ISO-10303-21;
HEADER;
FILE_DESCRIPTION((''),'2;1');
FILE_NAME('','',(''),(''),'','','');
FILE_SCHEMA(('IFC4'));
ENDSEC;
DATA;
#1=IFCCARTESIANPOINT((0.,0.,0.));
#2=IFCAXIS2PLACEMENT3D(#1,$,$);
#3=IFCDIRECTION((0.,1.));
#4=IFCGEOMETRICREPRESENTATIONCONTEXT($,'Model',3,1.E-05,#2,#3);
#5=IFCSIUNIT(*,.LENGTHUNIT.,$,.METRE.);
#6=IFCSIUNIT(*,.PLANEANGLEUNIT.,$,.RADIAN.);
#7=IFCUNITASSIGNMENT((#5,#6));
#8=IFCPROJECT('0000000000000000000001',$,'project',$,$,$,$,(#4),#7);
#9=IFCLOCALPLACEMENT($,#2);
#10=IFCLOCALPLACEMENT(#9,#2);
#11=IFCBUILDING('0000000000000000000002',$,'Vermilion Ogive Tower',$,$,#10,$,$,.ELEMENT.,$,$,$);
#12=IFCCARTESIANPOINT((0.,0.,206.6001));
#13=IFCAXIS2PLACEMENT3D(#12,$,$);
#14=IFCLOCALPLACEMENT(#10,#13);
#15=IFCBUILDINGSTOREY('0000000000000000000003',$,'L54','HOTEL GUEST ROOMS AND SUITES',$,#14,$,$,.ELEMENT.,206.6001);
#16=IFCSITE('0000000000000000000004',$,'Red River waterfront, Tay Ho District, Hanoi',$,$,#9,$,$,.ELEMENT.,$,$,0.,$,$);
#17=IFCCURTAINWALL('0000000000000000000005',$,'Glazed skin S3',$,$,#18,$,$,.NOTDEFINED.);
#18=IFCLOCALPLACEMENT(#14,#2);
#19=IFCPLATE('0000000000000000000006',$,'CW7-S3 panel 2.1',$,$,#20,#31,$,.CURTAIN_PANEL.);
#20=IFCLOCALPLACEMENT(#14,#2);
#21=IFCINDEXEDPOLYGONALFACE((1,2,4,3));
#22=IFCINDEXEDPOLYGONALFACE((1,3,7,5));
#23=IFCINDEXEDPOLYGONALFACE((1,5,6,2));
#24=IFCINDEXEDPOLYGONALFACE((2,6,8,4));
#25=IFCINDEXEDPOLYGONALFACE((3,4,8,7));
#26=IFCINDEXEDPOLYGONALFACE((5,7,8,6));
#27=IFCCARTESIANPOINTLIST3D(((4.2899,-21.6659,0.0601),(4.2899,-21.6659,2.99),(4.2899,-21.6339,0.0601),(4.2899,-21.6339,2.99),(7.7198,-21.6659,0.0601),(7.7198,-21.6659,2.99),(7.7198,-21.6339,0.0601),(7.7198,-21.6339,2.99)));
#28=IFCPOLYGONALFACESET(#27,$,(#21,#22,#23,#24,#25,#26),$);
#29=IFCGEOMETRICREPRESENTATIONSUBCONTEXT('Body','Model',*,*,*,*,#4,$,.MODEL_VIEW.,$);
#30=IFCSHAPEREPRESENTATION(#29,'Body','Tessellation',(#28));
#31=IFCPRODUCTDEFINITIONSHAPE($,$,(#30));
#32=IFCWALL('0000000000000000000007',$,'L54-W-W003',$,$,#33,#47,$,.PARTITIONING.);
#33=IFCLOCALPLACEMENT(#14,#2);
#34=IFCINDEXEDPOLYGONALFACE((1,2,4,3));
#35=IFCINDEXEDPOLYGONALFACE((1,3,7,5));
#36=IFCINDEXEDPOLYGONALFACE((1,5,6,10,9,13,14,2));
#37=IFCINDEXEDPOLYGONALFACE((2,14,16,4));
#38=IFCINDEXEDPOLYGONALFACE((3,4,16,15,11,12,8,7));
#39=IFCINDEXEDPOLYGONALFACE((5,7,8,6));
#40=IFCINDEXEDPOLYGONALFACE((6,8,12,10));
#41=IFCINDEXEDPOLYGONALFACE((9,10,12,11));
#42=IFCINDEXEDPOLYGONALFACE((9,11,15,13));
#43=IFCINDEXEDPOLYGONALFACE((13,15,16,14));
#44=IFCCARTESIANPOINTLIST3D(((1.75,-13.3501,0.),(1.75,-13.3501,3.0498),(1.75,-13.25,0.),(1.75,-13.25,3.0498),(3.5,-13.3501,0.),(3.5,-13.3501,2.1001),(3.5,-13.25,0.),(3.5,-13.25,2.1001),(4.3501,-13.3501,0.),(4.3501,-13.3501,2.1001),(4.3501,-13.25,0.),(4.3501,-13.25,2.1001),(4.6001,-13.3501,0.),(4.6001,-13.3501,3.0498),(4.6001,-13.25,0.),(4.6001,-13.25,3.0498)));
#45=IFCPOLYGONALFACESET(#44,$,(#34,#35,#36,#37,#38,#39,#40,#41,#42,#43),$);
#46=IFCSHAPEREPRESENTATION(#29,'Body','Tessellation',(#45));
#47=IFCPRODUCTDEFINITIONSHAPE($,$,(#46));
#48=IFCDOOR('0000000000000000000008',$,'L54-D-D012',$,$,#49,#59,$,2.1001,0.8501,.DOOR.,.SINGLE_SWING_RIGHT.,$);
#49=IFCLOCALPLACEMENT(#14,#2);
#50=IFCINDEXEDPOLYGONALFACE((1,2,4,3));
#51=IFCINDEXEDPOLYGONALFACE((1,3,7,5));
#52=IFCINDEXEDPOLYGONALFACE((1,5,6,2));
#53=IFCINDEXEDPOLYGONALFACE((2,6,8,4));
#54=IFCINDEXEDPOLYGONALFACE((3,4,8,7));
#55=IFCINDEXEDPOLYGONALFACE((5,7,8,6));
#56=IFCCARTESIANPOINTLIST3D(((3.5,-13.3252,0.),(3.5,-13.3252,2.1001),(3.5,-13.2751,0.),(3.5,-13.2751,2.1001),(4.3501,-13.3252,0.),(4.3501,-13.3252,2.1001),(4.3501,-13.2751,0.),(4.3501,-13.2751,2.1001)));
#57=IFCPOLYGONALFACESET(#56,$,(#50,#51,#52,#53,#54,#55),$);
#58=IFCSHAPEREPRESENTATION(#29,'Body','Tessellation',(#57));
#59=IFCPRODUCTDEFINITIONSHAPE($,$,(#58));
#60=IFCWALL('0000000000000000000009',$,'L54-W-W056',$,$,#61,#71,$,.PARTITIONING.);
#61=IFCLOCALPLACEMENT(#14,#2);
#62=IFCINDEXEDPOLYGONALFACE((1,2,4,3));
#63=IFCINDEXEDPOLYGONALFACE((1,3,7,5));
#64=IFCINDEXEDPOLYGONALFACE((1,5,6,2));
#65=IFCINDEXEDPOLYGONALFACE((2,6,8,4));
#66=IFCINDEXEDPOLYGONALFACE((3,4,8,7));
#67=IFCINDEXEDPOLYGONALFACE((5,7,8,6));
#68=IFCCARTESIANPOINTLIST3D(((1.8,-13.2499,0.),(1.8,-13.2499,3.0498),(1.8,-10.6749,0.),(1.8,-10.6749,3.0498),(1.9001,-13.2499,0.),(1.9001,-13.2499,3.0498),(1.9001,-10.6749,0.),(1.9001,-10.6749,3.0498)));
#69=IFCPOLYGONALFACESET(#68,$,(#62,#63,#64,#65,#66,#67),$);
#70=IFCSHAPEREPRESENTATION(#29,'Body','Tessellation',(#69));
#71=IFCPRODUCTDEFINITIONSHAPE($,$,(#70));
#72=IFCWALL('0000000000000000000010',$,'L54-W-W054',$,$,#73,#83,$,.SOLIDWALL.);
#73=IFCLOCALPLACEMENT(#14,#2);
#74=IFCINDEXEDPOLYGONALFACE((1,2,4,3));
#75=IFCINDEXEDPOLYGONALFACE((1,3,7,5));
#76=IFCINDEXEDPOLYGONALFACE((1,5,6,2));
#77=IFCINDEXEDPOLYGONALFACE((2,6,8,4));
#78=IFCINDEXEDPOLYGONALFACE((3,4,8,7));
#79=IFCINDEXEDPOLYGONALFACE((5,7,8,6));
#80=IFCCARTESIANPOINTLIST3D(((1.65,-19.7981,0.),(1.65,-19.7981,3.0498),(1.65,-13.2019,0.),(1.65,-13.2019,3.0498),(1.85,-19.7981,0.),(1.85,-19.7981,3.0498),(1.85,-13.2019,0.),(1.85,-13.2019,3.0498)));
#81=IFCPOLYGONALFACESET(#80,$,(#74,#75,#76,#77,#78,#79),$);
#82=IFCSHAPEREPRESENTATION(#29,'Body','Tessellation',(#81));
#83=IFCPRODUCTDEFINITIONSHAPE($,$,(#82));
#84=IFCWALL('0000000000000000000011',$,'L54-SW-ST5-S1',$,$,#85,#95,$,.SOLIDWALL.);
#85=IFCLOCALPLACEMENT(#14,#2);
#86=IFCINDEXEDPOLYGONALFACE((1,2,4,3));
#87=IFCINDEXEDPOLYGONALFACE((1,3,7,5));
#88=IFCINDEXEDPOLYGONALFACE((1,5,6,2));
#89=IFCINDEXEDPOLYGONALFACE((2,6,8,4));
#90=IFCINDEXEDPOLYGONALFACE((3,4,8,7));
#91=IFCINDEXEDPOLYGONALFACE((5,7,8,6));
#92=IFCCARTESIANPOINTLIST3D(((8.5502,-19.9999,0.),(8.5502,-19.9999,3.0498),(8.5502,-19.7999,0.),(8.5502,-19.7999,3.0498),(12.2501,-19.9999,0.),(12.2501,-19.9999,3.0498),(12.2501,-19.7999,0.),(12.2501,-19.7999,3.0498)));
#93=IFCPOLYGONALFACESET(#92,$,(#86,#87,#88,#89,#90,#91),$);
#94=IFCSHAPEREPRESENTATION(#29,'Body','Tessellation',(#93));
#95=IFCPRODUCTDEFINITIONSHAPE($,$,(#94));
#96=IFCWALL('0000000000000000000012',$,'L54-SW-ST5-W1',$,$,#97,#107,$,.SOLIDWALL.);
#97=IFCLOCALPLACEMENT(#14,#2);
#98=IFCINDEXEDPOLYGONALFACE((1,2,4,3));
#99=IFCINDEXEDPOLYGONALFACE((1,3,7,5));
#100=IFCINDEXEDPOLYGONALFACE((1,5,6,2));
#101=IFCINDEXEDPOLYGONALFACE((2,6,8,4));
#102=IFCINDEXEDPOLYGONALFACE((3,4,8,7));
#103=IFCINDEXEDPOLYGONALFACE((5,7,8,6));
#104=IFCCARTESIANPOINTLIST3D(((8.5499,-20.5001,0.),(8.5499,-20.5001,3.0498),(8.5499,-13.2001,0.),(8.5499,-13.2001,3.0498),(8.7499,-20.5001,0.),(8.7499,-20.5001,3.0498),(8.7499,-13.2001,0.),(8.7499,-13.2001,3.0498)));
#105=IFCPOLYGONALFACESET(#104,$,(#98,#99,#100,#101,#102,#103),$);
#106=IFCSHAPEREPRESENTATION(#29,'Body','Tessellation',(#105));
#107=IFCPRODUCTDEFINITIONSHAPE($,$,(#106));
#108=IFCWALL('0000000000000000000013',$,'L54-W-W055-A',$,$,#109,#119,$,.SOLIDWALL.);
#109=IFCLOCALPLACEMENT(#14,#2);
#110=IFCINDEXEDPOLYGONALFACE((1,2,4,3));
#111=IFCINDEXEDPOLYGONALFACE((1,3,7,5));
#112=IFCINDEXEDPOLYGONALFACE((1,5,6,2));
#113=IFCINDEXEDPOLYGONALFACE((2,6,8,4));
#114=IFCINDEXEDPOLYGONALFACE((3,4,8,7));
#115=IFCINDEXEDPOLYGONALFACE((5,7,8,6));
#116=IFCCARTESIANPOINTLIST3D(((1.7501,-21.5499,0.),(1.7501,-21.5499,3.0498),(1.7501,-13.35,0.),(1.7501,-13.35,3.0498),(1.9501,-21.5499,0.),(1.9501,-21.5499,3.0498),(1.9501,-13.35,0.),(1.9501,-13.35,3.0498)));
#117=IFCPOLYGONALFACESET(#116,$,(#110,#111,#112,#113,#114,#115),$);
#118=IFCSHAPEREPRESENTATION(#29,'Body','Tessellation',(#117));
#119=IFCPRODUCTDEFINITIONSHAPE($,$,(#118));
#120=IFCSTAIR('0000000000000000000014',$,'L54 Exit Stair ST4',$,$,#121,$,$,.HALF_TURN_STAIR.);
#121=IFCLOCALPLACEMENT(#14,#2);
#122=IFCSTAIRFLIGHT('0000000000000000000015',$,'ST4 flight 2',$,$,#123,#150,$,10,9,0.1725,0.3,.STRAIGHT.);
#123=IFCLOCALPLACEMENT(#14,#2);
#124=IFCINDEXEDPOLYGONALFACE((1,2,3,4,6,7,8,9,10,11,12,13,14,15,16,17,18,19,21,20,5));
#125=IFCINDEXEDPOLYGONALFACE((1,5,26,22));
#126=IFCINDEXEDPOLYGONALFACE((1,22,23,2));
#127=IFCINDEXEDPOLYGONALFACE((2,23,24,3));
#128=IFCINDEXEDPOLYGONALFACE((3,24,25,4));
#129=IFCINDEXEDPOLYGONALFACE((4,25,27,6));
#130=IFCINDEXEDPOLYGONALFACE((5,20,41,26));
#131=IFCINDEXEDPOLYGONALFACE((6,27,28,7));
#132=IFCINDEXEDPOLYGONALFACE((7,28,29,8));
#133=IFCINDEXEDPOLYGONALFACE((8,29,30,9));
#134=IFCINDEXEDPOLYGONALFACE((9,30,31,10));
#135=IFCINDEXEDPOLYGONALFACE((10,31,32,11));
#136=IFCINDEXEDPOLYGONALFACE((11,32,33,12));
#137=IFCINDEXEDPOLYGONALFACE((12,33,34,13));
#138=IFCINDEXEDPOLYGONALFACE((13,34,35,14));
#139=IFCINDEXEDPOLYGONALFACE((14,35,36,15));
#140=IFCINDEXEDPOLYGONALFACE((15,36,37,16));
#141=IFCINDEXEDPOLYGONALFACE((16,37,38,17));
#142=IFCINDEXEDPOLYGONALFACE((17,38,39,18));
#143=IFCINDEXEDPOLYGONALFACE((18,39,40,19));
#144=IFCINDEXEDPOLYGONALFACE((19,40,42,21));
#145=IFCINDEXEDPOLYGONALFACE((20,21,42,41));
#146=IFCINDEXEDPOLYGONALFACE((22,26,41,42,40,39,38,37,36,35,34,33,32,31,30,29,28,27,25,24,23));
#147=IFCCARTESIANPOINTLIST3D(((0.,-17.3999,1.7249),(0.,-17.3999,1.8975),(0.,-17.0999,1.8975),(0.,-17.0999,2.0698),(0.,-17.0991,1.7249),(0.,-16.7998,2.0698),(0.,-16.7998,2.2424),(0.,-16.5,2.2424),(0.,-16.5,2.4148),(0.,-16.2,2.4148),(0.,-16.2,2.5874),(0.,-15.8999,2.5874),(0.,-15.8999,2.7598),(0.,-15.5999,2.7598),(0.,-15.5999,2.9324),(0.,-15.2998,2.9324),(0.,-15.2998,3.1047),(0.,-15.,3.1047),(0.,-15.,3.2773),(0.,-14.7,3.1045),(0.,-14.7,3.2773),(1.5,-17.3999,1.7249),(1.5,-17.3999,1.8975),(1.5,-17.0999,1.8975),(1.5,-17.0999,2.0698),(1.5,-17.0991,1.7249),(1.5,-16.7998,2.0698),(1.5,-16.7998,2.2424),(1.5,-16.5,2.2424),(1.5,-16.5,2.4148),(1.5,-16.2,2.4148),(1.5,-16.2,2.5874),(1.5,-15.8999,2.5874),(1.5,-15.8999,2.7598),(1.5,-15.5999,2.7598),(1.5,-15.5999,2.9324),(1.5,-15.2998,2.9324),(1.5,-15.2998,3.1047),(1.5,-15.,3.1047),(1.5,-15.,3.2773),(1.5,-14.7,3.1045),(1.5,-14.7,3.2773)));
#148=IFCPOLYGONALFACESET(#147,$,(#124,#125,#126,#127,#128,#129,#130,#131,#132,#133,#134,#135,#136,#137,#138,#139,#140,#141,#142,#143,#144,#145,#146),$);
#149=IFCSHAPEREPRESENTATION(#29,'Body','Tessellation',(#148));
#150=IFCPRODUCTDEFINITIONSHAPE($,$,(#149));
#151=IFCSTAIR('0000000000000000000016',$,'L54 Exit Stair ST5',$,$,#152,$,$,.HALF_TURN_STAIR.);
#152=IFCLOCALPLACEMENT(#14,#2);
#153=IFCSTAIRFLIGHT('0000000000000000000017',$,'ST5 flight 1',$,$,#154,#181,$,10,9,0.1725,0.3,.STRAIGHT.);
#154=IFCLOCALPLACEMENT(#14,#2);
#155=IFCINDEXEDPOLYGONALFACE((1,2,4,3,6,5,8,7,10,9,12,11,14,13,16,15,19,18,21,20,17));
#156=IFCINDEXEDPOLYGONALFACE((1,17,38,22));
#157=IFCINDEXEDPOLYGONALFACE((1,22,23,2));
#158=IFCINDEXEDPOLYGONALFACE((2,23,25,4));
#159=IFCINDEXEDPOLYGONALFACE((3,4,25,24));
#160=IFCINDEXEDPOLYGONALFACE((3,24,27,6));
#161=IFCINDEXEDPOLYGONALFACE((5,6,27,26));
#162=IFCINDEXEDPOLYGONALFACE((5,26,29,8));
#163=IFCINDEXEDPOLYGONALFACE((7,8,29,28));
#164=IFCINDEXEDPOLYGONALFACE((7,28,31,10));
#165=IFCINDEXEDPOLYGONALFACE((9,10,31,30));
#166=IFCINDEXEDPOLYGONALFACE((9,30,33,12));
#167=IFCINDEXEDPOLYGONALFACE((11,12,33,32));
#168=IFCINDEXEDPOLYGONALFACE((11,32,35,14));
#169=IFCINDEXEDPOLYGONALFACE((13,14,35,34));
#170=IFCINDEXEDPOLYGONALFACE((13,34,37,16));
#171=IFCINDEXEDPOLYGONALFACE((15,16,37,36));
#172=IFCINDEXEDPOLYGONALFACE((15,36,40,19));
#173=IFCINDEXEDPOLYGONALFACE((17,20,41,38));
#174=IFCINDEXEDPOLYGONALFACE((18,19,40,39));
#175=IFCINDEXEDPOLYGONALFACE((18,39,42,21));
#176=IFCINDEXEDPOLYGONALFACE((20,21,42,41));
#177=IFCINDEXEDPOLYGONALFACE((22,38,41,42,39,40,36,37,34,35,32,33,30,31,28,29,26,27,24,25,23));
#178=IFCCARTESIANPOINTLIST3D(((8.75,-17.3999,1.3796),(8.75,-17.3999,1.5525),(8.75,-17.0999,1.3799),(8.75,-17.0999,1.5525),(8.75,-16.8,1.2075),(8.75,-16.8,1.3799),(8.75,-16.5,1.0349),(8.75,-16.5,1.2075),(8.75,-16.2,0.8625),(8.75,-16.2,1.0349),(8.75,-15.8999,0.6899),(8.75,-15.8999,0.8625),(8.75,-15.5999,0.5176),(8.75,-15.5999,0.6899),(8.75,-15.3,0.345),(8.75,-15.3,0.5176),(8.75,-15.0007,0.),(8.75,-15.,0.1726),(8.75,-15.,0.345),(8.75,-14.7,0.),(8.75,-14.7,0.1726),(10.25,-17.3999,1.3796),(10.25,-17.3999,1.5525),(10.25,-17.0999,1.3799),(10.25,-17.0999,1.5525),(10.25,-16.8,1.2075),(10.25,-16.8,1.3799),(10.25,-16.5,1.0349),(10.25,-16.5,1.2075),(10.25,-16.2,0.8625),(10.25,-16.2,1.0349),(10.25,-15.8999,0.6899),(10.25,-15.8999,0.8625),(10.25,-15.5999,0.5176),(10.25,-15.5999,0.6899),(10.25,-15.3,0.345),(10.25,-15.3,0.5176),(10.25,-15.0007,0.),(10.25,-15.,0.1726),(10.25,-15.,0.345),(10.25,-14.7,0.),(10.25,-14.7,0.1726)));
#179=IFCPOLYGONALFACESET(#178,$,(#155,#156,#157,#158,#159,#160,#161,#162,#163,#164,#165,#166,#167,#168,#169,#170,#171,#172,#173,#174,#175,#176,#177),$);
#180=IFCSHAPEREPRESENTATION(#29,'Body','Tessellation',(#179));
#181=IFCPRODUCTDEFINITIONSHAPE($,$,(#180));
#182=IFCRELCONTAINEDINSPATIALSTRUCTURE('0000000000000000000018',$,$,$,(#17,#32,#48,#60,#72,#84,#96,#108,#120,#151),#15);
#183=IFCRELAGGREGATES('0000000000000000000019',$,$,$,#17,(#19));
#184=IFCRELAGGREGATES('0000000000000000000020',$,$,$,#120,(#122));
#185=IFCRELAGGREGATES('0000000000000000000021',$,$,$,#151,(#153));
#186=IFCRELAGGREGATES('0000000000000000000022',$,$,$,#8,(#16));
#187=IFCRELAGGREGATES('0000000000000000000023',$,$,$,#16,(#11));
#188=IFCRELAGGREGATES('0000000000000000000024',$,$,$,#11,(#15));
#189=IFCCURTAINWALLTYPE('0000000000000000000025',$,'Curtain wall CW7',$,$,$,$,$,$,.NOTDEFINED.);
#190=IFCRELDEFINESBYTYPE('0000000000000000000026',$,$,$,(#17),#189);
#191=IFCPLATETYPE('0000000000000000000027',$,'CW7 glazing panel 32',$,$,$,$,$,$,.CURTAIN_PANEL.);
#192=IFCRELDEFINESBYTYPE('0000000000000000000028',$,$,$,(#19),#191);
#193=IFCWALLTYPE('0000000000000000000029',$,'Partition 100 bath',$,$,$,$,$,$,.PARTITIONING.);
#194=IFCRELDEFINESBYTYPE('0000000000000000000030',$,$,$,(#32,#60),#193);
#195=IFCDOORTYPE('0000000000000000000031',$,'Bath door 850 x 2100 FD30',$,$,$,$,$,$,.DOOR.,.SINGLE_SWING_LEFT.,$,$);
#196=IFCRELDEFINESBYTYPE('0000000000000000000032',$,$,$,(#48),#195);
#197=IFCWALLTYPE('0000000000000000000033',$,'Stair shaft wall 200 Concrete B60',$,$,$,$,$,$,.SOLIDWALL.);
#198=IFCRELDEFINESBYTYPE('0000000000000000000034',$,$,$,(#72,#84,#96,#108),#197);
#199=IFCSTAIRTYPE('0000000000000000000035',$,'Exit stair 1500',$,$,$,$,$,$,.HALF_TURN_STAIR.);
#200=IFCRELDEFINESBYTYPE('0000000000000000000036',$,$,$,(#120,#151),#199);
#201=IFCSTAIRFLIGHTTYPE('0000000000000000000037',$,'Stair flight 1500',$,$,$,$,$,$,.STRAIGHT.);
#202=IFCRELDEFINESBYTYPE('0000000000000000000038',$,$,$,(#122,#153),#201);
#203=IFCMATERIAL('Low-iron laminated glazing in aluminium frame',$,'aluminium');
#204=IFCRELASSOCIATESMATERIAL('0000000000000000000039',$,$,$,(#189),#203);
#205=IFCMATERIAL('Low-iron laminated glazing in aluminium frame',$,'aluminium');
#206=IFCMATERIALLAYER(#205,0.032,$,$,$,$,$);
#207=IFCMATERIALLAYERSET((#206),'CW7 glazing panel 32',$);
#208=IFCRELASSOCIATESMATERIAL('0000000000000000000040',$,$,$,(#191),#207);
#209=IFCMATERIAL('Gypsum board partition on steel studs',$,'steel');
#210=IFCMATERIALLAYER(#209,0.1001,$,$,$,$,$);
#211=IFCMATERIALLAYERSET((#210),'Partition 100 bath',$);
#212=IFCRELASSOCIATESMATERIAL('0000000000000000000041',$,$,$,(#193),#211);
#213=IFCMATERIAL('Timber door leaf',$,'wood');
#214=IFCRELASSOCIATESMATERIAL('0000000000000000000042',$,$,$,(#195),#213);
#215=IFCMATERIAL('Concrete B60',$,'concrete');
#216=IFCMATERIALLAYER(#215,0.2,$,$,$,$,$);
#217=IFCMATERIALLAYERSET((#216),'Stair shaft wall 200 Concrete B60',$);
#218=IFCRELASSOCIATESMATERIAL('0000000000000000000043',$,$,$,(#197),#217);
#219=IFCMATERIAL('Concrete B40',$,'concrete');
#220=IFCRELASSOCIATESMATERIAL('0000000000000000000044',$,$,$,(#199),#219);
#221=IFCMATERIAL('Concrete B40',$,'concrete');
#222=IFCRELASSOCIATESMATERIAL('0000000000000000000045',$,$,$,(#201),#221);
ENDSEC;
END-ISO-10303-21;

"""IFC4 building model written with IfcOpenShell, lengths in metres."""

from ifc_helpers import new_model, si_unit, direction, frame, frame_2d, origin, origin_2d, place, context, subcontext, project, spatial, polyline, rectangle, outline, extrude, material, layer, layer_set, type_object, element, fill, aggregate, save


model = new_model("IFC4")

# Units and contexts
model_context = context("Model", 3, precision=1e-05, world=origin(), true_north=direction((0.0, 1.0)))
body_context = subcontext(model_context, "Body", "Model", "MODEL_VIEW")
ifc_project = project(units=[si_unit("LENGTHUNIT", "METRE"), si_unit("PLANEANGLEUNIT", "RADIAN")], contexts=[model_context])

# Site, building, storey
site_placement = place(None, origin())
site = spatial("IfcSite", under=ifc_project, at=site_placement, Name="Red River waterfront, Tay Ho District, Hanoi", CompositionType="ELEMENT", RefElevation=0.0)
building_placement = place(site_placement, origin())
building = spatial("IfcBuilding", under=site, at=building_placement, Name="Vermilion Ogive Tower", CompositionType="ELEMENT")
storey_placement = place(building_placement, frame((0.0, 0.0, 206.6001)))
storey = spatial("IfcBuildingStorey", under=building, at=storey_placement, Name="L54", Description="HOTEL GUEST ROOMS AND SUITES", CompositionType="ELEMENT", Elevation=206.6001)

# Curtain wall
ifc_material_1 = material(Name="Low-iron laminated glazing in aluminium frame", Category="aluminium")
curtain_wall_type = type_object("IfcCurtainWallType", Name="Curtain wall CW7", PredefinedType="NOTDEFINED", material=ifc_material_1)
curtain_wall_1_placement = place(storey_placement, origin())
curtain_wall_1 = element("IfcCurtainWall", 1, at=curtain_wall_1_placement, inside=storey, type_object=curtain_wall_type, Name="Glazed skin S3", PredefinedType="NOTDEFINED")

# Plate
ifc_material_2 = material(Name="Low-iron laminated glazing in aluminium frame", Category="aluminium")
ifc_layer_1 = layer(ifc_material_2, 0.032)
ifc_layer_set_1 = layer_set([ifc_layer_1], Name="CW7 glazing panel 32")
plate_type = type_object("IfcPlateType", Name="CW7 glazing panel 32", PredefinedType="CURTAIN_PANEL", material=ifc_layer_set_1)
plate_1_placement = place(storey_placement, frame((6.0049, -21.6499, 0.0601), z_axis=(0.0, 0.0, 1.0), x_axis=(1.0, 0.0, 0.0)))
plate_1 = element("IfcPlate", 2, at=plate_1_placement, type_object=plate_type, Name="CW7-S3 panel 2.1", PredefinedType="CURTAIN_PANEL", context=body_context, shape_type="SweptSolid", body=[
    extrude(rectangle(XDim=3.4299, YDim=0.032, at=origin_2d()), origin(), (0.0, 0.0, 1.0), 2.9299),
])
aggregate(curtain_wall_1, [plate_1])

# Wall, opening, door
ifc_material_3 = material(Name="Gypsum board partition on steel studs", Category="steel")
ifc_layer_2 = layer(ifc_material_3, 0.1001)
ifc_layer_set_2 = layer_set([ifc_layer_2], Name="Partition 100 bath")
wall_type_1 = type_object("IfcWallType", Name="Partition 100 bath", PredefinedType="PARTITIONING", material=ifc_layer_set_2)
wall_1_placement = place(storey_placement, frame((1.75, -13.3, 0.0), z_axis=(0.0, 0.0, 1.0), x_axis=(1.0, 0.0, 0.0)))
wall_1 = element("IfcWall", 3, at=wall_1_placement, inside=storey, type_object=wall_type_1, Name="L54-W-W003", PredefinedType="PARTITIONING", context=body_context, shape_type="SweptSolid", body=[
    extrude(rectangle(XDim=2.8501, YDim=0.1001, at=frame_2d((1.425, 0.0))), origin(), (0.0, 0.0, 1.0), 3.0498),
])
opening_placement = place(wall_1_placement, frame((1.75, 0.0, 0.0)))
opening = element("IfcOpeningElement", 4, at=opening_placement, cuts=wall_1, PredefinedType="OPENING", context=body_context, shape_type="SweptSolid", body=[
    extrude(rectangle(XDim=0.8501, YDim=2.1001, at=frame_2d((0.425, 1.05))), frame((0.0, 0.0601, 0.0), z_axis=(0.0, -1.0, 0.0), x_axis=(1.0, 0.0, 0.0)), (0.0, 0.0, 1.0), 0.1201),
])
ifc_material_4 = material(Name="Timber door leaf", Category="wood")
door_type = type_object("IfcDoorType", Name="Bath door 850 x 2100 FD30", OperationType="SINGLE_SWING_LEFT", PredefinedType="DOOR", material=ifc_material_4)
door_placement = place(opening_placement, origin())
door = element("IfcDoor", 5, at=door_placement, inside=storey, type_object=door_type, Name="L54-D-D012", OperationType="SINGLE_SWING_RIGHT", OverallHeight=2.1001, OverallWidth=0.8501, PredefinedType="DOOR", context=body_context, shape_type="SweptSolid", body=[
    extrude(rectangle(XDim=0.8501, YDim=2.1001, at=frame_2d((0.425, 1.05))), frame((0.0, 0.0249, 0.0), z_axis=(0.0, -1.0, 0.0), x_axis=(1.0, 0.0, 0.0)), (0.0, 0.0, 1.0), 0.05),
])
fill(opening, door)

# Walls
wall_2_placement = place(storey_placement, frame((1.8501, -13.25, 0.0), z_axis=(0.0, 0.0, 1.0), x_axis=(0.0, 1.0, 0.0)))
element("IfcWall", 6, at=wall_2_placement, inside=storey, type_object=wall_type_1, Name="L54-W-W056", PredefinedType="PARTITIONING", context=body_context, shape_type="SweptSolid", body=[
    extrude(rectangle(XDim=2.575, YDim=0.1001, at=frame_2d((1.2876, 0.0))), origin(), (0.0, 0.0, 1.0), 3.0498),
])
ifc_material_5 = material(Name="Concrete B60", Category="concrete")
ifc_layer_3 = layer(ifc_material_5, 0.2)
ifc_layer_set_3 = layer_set([ifc_layer_3], Name="Stair shaft wall 200 Concrete B60")
wall_type_2 = type_object("IfcWallType", Name="Stair shaft wall 200 Concrete B60", PredefinedType="SOLIDWALL", material=ifc_layer_set_3)
wall_3_placement = place(storey_placement, frame((1.75, -19.7981, 0.0), z_axis=(0.0, 0.0, 1.0), x_axis=(0.0, 1.0, 0.0)))
element("IfcWall", 7, at=wall_3_placement, inside=storey, type_object=wall_type_2, Name="L54-W-W054", PredefinedType="SOLIDWALL", context=body_context, shape_type="SweptSolid", body=[
    extrude(rectangle(XDim=6.5962, YDim=0.2, at=frame_2d((3.2981, 0.0))), origin(), (0.0, 0.0, 1.0), 3.0498),
])
wall_4_placement = place(storey_placement, frame((8.55, -19.8999, 0.0), z_axis=(0.0, 0.0, 1.0), x_axis=(1.0, 0.0, 0.0)))
element("IfcWall", 8, at=wall_4_placement, inside=storey, type_object=wall_type_2, Name="L54-SW-ST5-S1", PredefinedType="SOLIDWALL", context=body_context, shape_type="SweptSolid", body=[
    extrude(rectangle(XDim=3.7, YDim=0.2, at=frame_2d((1.8501, 0.0))), origin(), (0.0, 0.0, 1.0), 3.0498),
])
wall_5_placement = place(storey_placement, frame((8.6499, -20.5, 0.0), z_axis=(0.0, 0.0, 1.0), x_axis=(0.0, 1.0, 0.0)))
element("IfcWall", 9, at=wall_5_placement, inside=storey, type_object=wall_type_2, Name="L54-SW-ST5-W1", PredefinedType="SOLIDWALL", context=body_context, shape_type="SweptSolid", body=[
    extrude(rectangle(XDim=7.3, YDim=0.2, at=frame_2d((3.6499, 0.0))), origin(), (0.0, 0.0, 1.0), 3.0498),
])
wall_6_placement = place(storey_placement, frame((1.8501, -21.55, 0.0), z_axis=(0.0, 0.0, 1.0), x_axis=(0.0, 1.0, 0.0)))
element("IfcWall", 10, at=wall_6_placement, inside=storey, type_object=wall_type_2, Name="L54-W-W055-A", PredefinedType="SOLIDWALL", context=body_context, shape_type="SweptSolid", body=[
    extrude(rectangle(XDim=8.2, YDim=0.2, at=frame_2d((4.1001, 0.0))), origin(), (0.0, 0.0, 1.0), 3.0498),
])

# Stairs, stair flights
ifc_material_6 = material(Name="Concrete B40", Category="concrete")
stair_type = type_object("IfcStairType", Name="Exit stair 1500", PredefinedType="HALF_TURN_STAIR", material=ifc_material_6)
stair_1_placement = place(storey_placement, origin())
stair_1 = element("IfcStair", 11, at=stair_1_placement, inside=storey, type_object=stair_type, Name="L54 Exit Stair ST4", PredefinedType="HALF_TURN_STAIR")
ifc_material_7 = material(Name="Concrete B40", Category="concrete")
stair_flight_type = type_object("IfcStairFlightType", Name="Stair flight 1500", PredefinedType="STRAIGHT", material=ifc_material_7)
stair_flight_1_placement = place(storey_placement, frame((0.75, -17.3999, 1.7249), z_axis=(0.0, 0.0, 1.0), x_axis=(0.0, 1.0, 0.0)))
stair_flight_1 = element("IfcStairFlight", 12, at=stair_flight_1_placement, type_object=stair_flight_type, Name="ST4 flight 2", NumberOfRisers=10, NumberOfTreads=9, PredefinedType="STRAIGHT", RiserHeight=0.1725, TreadLength=0.3, context=body_context, shape_type="SweptSolid", body=[
    extrude(outline(polyline([(0.0, 0.0), (0.0, 0.1726), (0.3, 0.1726), (0.3, 0.345), (0.6001, 0.345), (0.6001, 0.5176), (0.8999, 0.5176), (0.8999, 0.6899), (1.2, 0.6899), (1.2, 0.8625), (1.5, 0.8625), (1.5, 1.0349), (1.8, 1.0349), (1.8, 1.2075), (2.1001, 1.2075), (2.1001, 1.3799), (2.3999, 1.3799), (2.3999, 1.5525), (2.7, 1.5525), (2.7, 1.7251), (2.7, 1.3796), (0.3008, 0.0), (0.0, 0.0)])), frame((0.0, 0.75, 0.0), z_axis=(0.0, -1.0, 0.0), x_axis=(1.0, 0.0, 0.0)), (0.0, 0.0, 1.0), 1.5),
])
aggregate(stair_1, [stair_flight_1])
stair_2_placement = place(storey_placement, origin())
stair_2 = element("IfcStair", 13, at=stair_2_placement, inside=storey, type_object=stair_type, Name="L54 Exit Stair ST5", PredefinedType="HALF_TURN_STAIR")
stair_flight_2_placement = place(storey_placement, frame((9.5, -14.7, 0.0), z_axis=(0.0, 0.0, 1.0), x_axis=(0.0, -1.0, 0.0)))
stair_flight_2 = element("IfcStairFlight", 14, at=stair_flight_2_placement, type_object=stair_flight_type, Name="ST5 flight 1", NumberOfRisers=10, NumberOfTreads=9, PredefinedType="STRAIGHT", RiserHeight=0.1725, TreadLength=0.3, context=body_context, shape_type="SweptSolid", body=[
    extrude(outline(polyline([(0.0, 0.0), (0.0, 0.1726), (0.3, 0.1726), (0.3, 0.345), (0.6001, 0.345), (0.6001, 0.5176), (0.8999, 0.5176), (0.8999, 0.6899), (1.2, 0.6899), (1.2, 0.8625), (1.5, 0.8625), (1.5, 1.0349), (1.8, 1.0349), (1.8, 1.2075), (2.1001, 1.2075), (2.1001, 1.3799), (2.3999, 1.3799), (2.3999, 1.5525), (2.7, 1.5525), (2.7, 1.7251), (2.7, 1.3796), (0.3008, 0.0), (0.0, 0.0)])), frame((0.0, 0.75, 0.0), z_axis=(0.0, -1.0, 0.0), x_axis=(1.0, 0.0, 0.0)), (0.0, 0.0, 1.0), 1.5),
])
aggregate(stair_2, [stair_flight_2])

save(model, "model.ifc")
